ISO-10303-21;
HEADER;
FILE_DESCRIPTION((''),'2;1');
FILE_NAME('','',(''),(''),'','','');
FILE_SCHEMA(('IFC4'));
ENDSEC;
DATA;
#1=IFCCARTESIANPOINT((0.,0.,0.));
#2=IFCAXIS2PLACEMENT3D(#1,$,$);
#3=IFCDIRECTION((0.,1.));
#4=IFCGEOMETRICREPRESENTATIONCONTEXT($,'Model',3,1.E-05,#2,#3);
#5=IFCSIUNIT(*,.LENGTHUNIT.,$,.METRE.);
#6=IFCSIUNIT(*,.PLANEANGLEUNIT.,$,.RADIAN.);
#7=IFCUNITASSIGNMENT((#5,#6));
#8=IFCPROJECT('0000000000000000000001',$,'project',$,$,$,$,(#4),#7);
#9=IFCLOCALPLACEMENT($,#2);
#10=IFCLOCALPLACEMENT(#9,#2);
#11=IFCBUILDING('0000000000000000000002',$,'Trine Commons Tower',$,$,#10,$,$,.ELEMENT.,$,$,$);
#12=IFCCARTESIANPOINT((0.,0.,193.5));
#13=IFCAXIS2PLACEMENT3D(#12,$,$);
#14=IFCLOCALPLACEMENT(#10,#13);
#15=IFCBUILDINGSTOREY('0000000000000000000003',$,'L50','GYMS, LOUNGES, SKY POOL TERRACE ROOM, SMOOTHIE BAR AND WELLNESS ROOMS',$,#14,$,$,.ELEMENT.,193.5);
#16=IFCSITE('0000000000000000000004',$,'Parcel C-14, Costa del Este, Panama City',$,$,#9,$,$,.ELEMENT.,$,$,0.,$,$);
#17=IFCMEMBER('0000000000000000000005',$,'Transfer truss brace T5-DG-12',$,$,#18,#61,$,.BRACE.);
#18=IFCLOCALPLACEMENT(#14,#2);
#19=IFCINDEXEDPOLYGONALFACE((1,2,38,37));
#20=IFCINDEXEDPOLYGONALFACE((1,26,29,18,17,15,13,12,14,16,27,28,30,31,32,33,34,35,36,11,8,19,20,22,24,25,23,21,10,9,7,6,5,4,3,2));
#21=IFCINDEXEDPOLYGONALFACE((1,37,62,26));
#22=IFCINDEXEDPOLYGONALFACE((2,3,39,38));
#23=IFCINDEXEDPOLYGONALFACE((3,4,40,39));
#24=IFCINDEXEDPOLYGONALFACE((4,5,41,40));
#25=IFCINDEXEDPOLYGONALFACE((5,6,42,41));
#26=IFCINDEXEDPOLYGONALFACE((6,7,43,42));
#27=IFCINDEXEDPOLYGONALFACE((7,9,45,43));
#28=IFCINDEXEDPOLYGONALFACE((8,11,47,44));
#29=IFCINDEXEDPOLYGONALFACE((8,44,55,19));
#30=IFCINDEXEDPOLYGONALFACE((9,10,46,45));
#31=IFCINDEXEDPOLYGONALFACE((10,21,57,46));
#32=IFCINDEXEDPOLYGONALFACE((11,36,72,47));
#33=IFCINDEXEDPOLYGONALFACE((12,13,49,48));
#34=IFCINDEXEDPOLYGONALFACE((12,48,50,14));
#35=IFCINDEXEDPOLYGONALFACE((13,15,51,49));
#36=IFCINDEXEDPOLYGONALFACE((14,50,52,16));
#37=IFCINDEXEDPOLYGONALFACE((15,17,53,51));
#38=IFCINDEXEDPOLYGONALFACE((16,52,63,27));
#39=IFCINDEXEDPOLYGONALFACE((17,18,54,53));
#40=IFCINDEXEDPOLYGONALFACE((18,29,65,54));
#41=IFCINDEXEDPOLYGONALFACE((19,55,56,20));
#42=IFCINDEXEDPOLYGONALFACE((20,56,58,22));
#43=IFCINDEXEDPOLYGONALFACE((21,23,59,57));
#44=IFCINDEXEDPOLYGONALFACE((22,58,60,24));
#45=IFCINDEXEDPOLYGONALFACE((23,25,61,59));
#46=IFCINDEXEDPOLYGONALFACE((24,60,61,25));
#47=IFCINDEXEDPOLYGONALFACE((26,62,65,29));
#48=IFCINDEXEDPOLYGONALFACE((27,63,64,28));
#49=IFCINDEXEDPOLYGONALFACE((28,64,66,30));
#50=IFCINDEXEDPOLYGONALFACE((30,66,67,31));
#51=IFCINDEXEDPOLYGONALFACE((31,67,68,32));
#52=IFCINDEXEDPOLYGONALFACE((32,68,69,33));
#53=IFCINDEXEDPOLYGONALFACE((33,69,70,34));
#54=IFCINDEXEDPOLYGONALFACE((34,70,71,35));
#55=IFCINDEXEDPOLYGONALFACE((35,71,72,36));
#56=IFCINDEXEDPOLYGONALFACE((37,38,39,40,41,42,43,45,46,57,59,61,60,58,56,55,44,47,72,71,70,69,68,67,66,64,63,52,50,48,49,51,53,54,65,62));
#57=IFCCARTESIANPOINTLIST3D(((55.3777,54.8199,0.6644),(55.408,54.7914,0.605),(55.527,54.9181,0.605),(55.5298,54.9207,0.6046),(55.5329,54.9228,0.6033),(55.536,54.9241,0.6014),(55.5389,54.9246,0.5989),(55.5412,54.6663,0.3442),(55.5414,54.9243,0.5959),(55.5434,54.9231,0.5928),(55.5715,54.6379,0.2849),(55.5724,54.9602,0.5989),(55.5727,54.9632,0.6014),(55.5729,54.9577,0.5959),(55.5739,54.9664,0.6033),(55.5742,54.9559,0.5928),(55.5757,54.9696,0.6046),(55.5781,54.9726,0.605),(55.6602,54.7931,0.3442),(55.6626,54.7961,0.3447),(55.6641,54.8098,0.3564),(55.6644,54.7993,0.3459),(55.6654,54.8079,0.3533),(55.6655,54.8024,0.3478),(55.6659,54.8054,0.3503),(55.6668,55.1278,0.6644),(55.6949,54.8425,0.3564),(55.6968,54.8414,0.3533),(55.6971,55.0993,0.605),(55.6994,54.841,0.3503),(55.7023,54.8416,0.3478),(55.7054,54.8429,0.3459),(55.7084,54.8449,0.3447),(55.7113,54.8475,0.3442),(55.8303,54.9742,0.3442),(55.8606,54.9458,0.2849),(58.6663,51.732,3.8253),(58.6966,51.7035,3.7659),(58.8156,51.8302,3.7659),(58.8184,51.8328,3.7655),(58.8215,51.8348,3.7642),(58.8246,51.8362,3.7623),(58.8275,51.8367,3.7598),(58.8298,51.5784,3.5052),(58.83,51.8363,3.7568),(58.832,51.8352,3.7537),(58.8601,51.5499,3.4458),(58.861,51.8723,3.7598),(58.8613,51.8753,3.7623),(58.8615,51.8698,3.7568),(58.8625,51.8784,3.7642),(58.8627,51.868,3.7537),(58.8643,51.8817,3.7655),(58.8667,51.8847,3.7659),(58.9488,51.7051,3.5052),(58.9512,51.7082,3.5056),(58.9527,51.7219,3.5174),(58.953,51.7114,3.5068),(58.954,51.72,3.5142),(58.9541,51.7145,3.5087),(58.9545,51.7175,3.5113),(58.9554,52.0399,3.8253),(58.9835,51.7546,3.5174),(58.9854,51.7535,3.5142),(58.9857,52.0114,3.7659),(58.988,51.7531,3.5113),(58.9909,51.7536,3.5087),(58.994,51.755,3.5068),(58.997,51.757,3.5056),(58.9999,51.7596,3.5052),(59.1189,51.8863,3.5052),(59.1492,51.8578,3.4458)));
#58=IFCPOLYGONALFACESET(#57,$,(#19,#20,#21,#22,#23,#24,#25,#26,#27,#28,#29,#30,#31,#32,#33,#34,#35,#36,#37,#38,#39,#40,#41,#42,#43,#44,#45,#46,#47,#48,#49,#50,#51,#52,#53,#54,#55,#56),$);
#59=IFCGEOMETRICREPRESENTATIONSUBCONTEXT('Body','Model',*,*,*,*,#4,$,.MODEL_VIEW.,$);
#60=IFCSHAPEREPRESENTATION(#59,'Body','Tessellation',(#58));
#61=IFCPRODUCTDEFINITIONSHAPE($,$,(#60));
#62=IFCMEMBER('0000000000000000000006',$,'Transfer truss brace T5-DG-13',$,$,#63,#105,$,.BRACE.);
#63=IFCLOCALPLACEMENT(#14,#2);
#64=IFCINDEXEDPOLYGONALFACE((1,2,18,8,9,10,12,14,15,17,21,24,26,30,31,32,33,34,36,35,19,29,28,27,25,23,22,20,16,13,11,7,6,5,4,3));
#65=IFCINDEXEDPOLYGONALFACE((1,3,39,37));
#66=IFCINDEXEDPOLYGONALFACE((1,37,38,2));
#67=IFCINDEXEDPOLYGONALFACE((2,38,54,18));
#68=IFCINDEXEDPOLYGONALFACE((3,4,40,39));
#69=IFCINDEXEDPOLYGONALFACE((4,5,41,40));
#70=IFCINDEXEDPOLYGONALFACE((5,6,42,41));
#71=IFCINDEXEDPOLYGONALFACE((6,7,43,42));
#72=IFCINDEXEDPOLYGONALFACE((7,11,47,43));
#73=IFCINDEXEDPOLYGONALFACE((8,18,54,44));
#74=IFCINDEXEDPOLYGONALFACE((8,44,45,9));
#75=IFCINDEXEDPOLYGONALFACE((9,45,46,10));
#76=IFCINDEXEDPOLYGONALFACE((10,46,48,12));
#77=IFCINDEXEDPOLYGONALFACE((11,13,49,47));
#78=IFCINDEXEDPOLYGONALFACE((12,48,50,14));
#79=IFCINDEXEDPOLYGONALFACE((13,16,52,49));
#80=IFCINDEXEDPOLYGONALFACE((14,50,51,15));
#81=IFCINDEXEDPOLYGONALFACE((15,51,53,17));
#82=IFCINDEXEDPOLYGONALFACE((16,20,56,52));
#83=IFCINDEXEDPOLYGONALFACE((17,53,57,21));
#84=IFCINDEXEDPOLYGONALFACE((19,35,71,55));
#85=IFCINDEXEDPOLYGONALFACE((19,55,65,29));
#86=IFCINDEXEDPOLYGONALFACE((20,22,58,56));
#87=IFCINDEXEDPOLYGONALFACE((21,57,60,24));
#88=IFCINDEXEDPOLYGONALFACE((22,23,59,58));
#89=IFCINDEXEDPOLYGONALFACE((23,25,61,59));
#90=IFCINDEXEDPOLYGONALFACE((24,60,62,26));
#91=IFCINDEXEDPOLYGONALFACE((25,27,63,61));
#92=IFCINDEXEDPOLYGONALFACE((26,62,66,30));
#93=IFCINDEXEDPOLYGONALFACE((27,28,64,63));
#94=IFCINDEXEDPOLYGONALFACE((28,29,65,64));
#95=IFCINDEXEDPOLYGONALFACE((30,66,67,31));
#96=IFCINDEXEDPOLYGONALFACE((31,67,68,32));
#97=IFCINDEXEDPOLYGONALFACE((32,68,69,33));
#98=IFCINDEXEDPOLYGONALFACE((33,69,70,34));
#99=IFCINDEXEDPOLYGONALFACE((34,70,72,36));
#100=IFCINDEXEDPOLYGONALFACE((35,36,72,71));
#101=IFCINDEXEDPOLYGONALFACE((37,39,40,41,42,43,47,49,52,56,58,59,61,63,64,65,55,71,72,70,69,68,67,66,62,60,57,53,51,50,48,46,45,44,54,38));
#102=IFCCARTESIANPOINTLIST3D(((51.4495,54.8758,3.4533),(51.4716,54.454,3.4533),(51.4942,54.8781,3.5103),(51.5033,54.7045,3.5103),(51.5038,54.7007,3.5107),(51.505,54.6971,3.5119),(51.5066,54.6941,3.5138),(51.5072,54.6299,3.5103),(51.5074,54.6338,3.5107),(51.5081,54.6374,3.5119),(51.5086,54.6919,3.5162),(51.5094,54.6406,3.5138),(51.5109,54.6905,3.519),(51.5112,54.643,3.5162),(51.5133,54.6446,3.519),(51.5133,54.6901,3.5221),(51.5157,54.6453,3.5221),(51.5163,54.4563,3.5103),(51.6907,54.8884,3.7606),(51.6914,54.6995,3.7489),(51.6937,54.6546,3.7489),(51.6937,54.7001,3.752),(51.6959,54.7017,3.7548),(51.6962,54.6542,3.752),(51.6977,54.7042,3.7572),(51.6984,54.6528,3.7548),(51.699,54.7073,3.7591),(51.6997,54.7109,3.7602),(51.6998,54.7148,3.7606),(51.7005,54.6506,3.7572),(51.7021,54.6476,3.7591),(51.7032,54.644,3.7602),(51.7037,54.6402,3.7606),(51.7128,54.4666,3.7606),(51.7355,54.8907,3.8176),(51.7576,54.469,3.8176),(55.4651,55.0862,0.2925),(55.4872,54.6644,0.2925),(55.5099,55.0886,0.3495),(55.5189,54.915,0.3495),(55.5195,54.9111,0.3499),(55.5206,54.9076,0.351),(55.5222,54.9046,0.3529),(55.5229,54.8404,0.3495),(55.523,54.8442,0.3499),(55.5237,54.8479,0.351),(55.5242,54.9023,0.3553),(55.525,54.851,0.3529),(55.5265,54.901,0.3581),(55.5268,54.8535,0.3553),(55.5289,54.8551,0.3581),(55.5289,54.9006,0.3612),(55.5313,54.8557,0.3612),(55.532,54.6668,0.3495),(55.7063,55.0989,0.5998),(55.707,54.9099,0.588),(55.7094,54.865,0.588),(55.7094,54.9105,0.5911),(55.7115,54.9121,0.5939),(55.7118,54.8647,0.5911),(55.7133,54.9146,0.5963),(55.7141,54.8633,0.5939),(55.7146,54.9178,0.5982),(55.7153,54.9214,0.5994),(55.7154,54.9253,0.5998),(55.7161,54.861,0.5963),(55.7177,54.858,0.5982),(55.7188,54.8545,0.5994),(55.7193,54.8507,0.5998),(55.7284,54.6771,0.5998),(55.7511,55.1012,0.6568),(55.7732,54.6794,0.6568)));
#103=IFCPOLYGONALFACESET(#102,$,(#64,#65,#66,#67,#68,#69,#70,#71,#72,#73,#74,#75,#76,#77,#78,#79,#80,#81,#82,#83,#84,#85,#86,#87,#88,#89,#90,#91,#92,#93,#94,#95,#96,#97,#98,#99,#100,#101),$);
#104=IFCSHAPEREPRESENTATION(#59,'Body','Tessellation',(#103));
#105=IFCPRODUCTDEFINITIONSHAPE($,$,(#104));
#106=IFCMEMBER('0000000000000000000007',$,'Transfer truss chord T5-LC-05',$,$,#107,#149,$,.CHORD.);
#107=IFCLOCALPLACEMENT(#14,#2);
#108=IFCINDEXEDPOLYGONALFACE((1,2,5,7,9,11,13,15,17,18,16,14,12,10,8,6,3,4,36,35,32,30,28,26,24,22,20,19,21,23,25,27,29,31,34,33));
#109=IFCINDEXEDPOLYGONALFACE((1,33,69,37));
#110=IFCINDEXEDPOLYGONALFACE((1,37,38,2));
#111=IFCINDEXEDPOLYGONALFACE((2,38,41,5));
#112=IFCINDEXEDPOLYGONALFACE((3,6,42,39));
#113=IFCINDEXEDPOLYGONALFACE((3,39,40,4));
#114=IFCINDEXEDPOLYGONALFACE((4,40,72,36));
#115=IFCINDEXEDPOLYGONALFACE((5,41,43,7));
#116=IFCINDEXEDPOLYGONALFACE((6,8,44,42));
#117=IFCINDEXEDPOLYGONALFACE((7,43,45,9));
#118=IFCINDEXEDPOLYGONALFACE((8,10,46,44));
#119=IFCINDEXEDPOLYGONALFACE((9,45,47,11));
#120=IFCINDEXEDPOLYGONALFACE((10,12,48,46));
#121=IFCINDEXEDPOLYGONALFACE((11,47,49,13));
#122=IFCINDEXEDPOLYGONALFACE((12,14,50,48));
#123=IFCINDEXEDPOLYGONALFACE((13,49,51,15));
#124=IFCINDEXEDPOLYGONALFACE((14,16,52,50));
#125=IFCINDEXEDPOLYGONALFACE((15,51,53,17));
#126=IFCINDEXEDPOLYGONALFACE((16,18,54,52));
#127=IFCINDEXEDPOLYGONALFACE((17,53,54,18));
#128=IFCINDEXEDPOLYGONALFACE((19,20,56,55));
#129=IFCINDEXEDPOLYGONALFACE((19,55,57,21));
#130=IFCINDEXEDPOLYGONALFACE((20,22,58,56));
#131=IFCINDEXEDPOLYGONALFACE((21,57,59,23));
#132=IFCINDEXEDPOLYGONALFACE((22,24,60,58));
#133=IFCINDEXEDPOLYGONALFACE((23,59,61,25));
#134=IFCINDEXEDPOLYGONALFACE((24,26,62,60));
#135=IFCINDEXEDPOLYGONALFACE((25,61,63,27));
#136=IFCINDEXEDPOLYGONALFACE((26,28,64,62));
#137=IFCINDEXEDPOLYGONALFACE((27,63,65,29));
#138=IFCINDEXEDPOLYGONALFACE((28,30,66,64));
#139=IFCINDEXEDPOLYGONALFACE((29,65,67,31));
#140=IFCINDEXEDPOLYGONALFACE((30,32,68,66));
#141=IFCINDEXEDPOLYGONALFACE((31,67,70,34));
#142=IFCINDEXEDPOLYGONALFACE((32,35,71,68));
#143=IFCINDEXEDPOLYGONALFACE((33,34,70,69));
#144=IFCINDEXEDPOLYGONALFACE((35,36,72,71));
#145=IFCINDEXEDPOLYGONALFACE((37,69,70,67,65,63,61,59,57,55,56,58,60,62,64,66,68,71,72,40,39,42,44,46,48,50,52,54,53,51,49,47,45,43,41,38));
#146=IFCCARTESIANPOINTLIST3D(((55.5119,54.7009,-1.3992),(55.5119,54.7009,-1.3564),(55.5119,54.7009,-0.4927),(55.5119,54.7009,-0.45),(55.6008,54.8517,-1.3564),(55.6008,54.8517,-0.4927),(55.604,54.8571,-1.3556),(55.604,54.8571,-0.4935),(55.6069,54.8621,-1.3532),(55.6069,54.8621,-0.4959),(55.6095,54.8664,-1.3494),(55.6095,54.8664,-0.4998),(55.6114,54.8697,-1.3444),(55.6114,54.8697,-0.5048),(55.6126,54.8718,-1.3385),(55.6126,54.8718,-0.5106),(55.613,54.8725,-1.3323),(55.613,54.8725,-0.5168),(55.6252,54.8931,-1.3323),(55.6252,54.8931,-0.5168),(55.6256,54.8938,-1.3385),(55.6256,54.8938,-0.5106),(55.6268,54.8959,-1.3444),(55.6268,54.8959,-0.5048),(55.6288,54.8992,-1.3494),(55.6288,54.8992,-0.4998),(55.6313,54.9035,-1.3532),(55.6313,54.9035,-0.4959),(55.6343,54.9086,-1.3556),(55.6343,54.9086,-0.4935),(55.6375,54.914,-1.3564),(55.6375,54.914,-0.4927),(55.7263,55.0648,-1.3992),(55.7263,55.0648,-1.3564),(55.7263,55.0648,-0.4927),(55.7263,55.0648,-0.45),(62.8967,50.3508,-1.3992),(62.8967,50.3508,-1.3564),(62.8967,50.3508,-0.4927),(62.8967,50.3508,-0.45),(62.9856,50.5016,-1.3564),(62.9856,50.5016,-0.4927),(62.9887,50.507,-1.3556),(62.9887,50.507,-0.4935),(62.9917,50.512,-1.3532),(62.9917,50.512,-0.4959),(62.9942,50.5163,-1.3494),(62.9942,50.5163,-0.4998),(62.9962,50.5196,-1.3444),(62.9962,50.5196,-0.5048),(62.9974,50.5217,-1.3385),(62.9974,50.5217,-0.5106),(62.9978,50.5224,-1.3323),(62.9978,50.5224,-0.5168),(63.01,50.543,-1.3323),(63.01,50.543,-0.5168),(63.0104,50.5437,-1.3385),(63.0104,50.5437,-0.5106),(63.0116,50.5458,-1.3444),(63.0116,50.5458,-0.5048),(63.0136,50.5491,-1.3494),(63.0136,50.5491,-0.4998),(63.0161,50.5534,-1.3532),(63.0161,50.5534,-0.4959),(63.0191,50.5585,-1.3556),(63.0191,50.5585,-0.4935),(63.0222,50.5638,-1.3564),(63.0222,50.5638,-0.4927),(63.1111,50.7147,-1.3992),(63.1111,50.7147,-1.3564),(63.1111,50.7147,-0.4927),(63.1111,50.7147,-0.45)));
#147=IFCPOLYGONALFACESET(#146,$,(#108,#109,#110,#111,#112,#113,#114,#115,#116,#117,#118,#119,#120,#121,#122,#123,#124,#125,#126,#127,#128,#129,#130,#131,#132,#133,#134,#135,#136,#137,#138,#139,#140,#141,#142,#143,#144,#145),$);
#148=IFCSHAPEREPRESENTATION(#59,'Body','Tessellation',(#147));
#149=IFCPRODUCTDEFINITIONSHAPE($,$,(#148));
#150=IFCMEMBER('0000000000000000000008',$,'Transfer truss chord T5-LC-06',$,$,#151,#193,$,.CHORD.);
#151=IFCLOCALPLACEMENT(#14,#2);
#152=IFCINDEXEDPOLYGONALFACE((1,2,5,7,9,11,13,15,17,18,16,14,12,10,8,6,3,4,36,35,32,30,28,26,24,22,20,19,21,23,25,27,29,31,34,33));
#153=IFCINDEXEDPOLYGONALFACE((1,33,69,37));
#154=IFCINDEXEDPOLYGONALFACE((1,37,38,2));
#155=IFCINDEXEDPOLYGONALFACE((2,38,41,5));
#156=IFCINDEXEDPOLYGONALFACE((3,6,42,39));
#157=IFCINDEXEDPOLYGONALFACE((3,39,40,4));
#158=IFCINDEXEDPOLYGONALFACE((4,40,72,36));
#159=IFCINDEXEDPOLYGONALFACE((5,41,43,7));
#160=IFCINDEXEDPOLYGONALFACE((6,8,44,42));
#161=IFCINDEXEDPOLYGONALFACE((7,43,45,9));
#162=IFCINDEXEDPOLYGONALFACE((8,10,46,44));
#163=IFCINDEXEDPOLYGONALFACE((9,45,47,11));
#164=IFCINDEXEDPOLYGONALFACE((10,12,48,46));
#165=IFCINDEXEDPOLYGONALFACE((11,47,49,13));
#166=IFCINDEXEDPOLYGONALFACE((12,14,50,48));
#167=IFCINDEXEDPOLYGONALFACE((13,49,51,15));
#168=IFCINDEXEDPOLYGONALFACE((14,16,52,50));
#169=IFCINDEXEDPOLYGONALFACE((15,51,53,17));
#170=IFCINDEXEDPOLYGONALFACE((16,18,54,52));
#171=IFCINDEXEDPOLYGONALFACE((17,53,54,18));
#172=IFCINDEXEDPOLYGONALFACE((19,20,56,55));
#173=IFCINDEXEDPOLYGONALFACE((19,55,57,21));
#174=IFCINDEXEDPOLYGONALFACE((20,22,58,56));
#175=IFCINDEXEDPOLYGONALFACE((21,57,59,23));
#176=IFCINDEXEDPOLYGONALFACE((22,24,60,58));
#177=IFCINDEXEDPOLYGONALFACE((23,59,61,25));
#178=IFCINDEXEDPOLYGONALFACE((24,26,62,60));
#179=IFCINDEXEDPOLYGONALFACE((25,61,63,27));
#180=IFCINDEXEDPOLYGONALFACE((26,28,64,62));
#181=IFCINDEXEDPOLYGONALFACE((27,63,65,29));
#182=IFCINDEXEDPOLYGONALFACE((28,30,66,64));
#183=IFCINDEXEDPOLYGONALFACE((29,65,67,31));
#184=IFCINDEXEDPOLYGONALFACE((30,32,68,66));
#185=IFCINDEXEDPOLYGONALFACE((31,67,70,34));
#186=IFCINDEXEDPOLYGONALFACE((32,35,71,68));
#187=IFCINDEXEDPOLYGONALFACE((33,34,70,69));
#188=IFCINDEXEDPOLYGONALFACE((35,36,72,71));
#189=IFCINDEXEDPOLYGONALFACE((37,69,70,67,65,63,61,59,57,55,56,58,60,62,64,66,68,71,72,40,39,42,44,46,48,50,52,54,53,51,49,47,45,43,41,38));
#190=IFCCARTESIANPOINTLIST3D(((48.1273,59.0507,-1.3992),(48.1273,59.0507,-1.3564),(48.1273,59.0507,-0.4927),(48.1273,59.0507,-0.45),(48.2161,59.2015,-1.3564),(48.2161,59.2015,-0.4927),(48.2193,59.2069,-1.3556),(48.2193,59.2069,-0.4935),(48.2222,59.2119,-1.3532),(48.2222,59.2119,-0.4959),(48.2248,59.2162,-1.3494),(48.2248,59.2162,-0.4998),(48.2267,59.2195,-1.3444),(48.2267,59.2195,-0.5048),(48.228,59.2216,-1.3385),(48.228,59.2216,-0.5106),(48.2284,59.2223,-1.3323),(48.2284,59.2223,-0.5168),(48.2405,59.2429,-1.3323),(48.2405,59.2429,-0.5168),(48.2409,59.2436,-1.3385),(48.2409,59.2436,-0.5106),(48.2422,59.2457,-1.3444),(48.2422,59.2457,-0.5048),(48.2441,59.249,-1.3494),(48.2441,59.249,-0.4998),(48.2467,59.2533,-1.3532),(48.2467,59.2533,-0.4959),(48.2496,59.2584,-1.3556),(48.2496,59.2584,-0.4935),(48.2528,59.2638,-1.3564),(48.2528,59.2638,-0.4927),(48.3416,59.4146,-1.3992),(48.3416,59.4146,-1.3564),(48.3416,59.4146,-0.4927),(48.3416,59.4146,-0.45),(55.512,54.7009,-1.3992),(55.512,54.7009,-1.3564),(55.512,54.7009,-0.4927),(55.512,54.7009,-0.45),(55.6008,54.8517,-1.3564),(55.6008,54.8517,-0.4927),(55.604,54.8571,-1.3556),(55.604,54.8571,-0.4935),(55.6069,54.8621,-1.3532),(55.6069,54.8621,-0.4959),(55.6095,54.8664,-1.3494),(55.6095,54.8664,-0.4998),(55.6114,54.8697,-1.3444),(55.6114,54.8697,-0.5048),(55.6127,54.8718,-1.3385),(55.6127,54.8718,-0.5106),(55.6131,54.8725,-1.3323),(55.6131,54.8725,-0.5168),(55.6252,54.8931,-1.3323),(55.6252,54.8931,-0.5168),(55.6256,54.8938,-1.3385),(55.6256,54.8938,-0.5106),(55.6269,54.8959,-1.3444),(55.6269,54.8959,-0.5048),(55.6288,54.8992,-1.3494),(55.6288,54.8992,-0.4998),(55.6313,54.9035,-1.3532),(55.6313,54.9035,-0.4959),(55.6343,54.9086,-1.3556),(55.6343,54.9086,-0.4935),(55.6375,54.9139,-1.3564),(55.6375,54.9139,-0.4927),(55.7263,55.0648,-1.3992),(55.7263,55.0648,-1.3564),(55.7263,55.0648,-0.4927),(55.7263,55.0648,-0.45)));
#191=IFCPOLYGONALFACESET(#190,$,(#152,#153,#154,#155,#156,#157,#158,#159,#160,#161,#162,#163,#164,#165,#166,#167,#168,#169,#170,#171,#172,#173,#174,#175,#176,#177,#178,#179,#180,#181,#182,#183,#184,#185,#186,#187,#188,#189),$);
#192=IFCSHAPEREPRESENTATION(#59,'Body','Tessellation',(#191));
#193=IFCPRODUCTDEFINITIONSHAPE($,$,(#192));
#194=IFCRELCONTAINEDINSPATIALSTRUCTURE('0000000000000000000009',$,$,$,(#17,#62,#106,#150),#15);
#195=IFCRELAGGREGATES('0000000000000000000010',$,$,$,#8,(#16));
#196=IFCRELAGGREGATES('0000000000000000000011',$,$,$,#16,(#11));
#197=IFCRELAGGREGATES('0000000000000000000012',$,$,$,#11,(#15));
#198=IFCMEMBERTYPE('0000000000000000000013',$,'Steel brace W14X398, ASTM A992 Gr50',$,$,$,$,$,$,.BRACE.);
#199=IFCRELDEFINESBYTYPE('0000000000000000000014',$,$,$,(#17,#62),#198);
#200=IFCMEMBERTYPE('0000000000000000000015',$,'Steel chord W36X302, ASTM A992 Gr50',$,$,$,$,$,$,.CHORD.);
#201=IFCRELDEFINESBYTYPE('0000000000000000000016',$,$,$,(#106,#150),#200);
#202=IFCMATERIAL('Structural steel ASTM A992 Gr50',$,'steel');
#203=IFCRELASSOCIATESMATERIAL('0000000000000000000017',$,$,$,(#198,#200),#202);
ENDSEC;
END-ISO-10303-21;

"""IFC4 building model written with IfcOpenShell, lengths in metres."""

from ifc_helpers import new_model, si_unit, direction, frame, origin, origin_2d, place, context, subcontext, project, spatial, i_section, extrude, material, material_profile, profile_set, type_object, element, save


model = new_model("IFC4")

# Units and contexts
model_context = context("Model", 3, precision=1e-05, world=origin(), true_north=direction((0.0, 1.0)))
body_context = subcontext(model_context, "Body", "Model", "MODEL_VIEW")
ifc_project = project(units=[si_unit("LENGTHUNIT", "METRE"), si_unit("PLANEANGLEUNIT", "RADIAN")], contexts=[model_context])

# Site, building, storey
site_placement = place(None, origin())
site = spatial("IfcSite", under=ifc_project, at=site_placement, Name="Parcel C-14, Costa del Este, Panama City", CompositionType="ELEMENT", RefElevation=0.0)
building_placement = place(site_placement, origin())
building = spatial("IfcBuilding", under=site, at=building_placement, Name="Trine Commons Tower", CompositionType="ELEMENT")
storey_placement = place(building_placement, frame((0.0, 0.0, 193.5)))
storey = spatial("IfcBuildingStorey", under=building, at=storey_placement, Name="L50", Description="GYMS, LOUNGES, SKY POOL TERRACE ROOM, SMOOTHIE BAR AND WELLNESS ROOMS", CompositionType="ELEMENT", Elevation=193.5)

# Members
ifc_material_1 = material(Name="Structural steel ASTM A992 Gr50", Category="steel")
ifc_material_profile_1 = material_profile(ifc_material_1, i_section(OverallWidth=0.4224, OverallDepth=0.4634, WebThickness=0.0449, FlangeThickness=0.0725, FilletRadius=0.0149, at=origin_2d()), Name="W14X398")
ifc_profile_set_1 = profile_set([ifc_material_profile_1], Name="Structural steel ASTM A992 Gr50")
member_type_1 = type_object("IfcMemberType", Name="Steel brace W14X398, ASTM A992 Gr50", PredefinedType="BRACE", material=ifc_profile_set_1)
member_1_placement = place(storey_placement, frame((55.6191, 54.8828, 0.4746), z_axis=(0.597025, -0.560592, 0.573844), x_axis=(0.684513, 0.729, 0.0)))
element("IfcMember", 1, at=member_1_placement, inside=storey, type_object=member_type_1, Name="Transfer truss brace T5-DG-12", PredefinedType="BRACE", context=body_context, shape_type="SweptSolid", body=[
    extrude(i_section(OverallWidth=0.4224, OverallDepth=0.4634, WebThickness=0.0449, FlangeThickness=0.0725, FilletRadius=0.0149, at=origin_2d()), origin(), (0.0, 0.0, 1.0), 5.5083),
])
member_2_placement = place(storey_placement, frame((55.6191, 54.8828, 0.4746), z_axis=(-0.785106, -0.041145, 0.617994), x_axis=(0.052336, -0.99863, 0.0)))
element("IfcMember", 2, at=member_2_placement, inside=storey, type_object=member_type_1, Name="Transfer truss brace T5-DG-13", PredefinedType="BRACE", context=body_context, shape_type="SweptSolid", body=[
    extrude(i_section(OverallWidth=0.4224, OverallDepth=0.4634, WebThickness=0.0449, FlangeThickness=0.0725, FilletRadius=0.0149, at=origin_2d()), origin(), (0.0, 0.0, 1.0), 5.1147),
])
ifc_material_profile_2 = material_profile(ifc_material_1, i_section(OverallWidth=0.4224, OverallDepth=0.9492, WebThickness=0.0239, FlangeThickness=0.0427, FilletRadius=0.0242, at=origin_2d()), Name="W36X302")
ifc_profile_set_2 = profile_set([ifc_material_profile_2], Name="Structural steel ASTM A992 Gr50")
member_type_2 = type_object("IfcMemberType", Name="Steel chord W36X302, ASTM A992 Gr50", PredefinedType="CHORD", material=ifc_profile_set_2)
member_3_placement = place(storey_placement, frame((63.0039, 50.5327, -0.9246), z_axis=(-0.861622, 0.50755, 0.0), x_axis=(-0.50755, -0.861622, 0.0)))
element("IfcMember", 3, at=member_3_placement, inside=storey, type_object=member_type_2, Name="Transfer truss chord T5-LC-05", PredefinedType="CHORD", context=body_context, shape_type="SweptSolid", body=[
    extrude(i_section(OverallWidth=0.4224, OverallDepth=0.9492, WebThickness=0.0239, FlangeThickness=0.0427, FilletRadius=0.0242, at=origin_2d()), origin(), (0.0, 0.0, 1.0), 8.5708),
])
member_4_placement = place(storey_placement, frame((55.6191, 54.8828, -0.9246), z_axis=(-0.861635, 0.507529, 0.0), x_axis=(-0.507529, -0.861635, 0.0)))
element("IfcMember", 4, at=member_4_placement, inside=storey, type_object=member_type_2, Name="Transfer truss chord T5-LC-06", PredefinedType="CHORD", context=body_context, shape_type="SweptSolid", body=[
    extrude(i_section(OverallWidth=0.4224, OverallDepth=0.9492, WebThickness=0.0239, FlangeThickness=0.0427, FilletRadius=0.0242, at=origin_2d()), origin(), (0.0, 0.0, 1.0), 8.5706),
])

save(model, "model.ifc")
